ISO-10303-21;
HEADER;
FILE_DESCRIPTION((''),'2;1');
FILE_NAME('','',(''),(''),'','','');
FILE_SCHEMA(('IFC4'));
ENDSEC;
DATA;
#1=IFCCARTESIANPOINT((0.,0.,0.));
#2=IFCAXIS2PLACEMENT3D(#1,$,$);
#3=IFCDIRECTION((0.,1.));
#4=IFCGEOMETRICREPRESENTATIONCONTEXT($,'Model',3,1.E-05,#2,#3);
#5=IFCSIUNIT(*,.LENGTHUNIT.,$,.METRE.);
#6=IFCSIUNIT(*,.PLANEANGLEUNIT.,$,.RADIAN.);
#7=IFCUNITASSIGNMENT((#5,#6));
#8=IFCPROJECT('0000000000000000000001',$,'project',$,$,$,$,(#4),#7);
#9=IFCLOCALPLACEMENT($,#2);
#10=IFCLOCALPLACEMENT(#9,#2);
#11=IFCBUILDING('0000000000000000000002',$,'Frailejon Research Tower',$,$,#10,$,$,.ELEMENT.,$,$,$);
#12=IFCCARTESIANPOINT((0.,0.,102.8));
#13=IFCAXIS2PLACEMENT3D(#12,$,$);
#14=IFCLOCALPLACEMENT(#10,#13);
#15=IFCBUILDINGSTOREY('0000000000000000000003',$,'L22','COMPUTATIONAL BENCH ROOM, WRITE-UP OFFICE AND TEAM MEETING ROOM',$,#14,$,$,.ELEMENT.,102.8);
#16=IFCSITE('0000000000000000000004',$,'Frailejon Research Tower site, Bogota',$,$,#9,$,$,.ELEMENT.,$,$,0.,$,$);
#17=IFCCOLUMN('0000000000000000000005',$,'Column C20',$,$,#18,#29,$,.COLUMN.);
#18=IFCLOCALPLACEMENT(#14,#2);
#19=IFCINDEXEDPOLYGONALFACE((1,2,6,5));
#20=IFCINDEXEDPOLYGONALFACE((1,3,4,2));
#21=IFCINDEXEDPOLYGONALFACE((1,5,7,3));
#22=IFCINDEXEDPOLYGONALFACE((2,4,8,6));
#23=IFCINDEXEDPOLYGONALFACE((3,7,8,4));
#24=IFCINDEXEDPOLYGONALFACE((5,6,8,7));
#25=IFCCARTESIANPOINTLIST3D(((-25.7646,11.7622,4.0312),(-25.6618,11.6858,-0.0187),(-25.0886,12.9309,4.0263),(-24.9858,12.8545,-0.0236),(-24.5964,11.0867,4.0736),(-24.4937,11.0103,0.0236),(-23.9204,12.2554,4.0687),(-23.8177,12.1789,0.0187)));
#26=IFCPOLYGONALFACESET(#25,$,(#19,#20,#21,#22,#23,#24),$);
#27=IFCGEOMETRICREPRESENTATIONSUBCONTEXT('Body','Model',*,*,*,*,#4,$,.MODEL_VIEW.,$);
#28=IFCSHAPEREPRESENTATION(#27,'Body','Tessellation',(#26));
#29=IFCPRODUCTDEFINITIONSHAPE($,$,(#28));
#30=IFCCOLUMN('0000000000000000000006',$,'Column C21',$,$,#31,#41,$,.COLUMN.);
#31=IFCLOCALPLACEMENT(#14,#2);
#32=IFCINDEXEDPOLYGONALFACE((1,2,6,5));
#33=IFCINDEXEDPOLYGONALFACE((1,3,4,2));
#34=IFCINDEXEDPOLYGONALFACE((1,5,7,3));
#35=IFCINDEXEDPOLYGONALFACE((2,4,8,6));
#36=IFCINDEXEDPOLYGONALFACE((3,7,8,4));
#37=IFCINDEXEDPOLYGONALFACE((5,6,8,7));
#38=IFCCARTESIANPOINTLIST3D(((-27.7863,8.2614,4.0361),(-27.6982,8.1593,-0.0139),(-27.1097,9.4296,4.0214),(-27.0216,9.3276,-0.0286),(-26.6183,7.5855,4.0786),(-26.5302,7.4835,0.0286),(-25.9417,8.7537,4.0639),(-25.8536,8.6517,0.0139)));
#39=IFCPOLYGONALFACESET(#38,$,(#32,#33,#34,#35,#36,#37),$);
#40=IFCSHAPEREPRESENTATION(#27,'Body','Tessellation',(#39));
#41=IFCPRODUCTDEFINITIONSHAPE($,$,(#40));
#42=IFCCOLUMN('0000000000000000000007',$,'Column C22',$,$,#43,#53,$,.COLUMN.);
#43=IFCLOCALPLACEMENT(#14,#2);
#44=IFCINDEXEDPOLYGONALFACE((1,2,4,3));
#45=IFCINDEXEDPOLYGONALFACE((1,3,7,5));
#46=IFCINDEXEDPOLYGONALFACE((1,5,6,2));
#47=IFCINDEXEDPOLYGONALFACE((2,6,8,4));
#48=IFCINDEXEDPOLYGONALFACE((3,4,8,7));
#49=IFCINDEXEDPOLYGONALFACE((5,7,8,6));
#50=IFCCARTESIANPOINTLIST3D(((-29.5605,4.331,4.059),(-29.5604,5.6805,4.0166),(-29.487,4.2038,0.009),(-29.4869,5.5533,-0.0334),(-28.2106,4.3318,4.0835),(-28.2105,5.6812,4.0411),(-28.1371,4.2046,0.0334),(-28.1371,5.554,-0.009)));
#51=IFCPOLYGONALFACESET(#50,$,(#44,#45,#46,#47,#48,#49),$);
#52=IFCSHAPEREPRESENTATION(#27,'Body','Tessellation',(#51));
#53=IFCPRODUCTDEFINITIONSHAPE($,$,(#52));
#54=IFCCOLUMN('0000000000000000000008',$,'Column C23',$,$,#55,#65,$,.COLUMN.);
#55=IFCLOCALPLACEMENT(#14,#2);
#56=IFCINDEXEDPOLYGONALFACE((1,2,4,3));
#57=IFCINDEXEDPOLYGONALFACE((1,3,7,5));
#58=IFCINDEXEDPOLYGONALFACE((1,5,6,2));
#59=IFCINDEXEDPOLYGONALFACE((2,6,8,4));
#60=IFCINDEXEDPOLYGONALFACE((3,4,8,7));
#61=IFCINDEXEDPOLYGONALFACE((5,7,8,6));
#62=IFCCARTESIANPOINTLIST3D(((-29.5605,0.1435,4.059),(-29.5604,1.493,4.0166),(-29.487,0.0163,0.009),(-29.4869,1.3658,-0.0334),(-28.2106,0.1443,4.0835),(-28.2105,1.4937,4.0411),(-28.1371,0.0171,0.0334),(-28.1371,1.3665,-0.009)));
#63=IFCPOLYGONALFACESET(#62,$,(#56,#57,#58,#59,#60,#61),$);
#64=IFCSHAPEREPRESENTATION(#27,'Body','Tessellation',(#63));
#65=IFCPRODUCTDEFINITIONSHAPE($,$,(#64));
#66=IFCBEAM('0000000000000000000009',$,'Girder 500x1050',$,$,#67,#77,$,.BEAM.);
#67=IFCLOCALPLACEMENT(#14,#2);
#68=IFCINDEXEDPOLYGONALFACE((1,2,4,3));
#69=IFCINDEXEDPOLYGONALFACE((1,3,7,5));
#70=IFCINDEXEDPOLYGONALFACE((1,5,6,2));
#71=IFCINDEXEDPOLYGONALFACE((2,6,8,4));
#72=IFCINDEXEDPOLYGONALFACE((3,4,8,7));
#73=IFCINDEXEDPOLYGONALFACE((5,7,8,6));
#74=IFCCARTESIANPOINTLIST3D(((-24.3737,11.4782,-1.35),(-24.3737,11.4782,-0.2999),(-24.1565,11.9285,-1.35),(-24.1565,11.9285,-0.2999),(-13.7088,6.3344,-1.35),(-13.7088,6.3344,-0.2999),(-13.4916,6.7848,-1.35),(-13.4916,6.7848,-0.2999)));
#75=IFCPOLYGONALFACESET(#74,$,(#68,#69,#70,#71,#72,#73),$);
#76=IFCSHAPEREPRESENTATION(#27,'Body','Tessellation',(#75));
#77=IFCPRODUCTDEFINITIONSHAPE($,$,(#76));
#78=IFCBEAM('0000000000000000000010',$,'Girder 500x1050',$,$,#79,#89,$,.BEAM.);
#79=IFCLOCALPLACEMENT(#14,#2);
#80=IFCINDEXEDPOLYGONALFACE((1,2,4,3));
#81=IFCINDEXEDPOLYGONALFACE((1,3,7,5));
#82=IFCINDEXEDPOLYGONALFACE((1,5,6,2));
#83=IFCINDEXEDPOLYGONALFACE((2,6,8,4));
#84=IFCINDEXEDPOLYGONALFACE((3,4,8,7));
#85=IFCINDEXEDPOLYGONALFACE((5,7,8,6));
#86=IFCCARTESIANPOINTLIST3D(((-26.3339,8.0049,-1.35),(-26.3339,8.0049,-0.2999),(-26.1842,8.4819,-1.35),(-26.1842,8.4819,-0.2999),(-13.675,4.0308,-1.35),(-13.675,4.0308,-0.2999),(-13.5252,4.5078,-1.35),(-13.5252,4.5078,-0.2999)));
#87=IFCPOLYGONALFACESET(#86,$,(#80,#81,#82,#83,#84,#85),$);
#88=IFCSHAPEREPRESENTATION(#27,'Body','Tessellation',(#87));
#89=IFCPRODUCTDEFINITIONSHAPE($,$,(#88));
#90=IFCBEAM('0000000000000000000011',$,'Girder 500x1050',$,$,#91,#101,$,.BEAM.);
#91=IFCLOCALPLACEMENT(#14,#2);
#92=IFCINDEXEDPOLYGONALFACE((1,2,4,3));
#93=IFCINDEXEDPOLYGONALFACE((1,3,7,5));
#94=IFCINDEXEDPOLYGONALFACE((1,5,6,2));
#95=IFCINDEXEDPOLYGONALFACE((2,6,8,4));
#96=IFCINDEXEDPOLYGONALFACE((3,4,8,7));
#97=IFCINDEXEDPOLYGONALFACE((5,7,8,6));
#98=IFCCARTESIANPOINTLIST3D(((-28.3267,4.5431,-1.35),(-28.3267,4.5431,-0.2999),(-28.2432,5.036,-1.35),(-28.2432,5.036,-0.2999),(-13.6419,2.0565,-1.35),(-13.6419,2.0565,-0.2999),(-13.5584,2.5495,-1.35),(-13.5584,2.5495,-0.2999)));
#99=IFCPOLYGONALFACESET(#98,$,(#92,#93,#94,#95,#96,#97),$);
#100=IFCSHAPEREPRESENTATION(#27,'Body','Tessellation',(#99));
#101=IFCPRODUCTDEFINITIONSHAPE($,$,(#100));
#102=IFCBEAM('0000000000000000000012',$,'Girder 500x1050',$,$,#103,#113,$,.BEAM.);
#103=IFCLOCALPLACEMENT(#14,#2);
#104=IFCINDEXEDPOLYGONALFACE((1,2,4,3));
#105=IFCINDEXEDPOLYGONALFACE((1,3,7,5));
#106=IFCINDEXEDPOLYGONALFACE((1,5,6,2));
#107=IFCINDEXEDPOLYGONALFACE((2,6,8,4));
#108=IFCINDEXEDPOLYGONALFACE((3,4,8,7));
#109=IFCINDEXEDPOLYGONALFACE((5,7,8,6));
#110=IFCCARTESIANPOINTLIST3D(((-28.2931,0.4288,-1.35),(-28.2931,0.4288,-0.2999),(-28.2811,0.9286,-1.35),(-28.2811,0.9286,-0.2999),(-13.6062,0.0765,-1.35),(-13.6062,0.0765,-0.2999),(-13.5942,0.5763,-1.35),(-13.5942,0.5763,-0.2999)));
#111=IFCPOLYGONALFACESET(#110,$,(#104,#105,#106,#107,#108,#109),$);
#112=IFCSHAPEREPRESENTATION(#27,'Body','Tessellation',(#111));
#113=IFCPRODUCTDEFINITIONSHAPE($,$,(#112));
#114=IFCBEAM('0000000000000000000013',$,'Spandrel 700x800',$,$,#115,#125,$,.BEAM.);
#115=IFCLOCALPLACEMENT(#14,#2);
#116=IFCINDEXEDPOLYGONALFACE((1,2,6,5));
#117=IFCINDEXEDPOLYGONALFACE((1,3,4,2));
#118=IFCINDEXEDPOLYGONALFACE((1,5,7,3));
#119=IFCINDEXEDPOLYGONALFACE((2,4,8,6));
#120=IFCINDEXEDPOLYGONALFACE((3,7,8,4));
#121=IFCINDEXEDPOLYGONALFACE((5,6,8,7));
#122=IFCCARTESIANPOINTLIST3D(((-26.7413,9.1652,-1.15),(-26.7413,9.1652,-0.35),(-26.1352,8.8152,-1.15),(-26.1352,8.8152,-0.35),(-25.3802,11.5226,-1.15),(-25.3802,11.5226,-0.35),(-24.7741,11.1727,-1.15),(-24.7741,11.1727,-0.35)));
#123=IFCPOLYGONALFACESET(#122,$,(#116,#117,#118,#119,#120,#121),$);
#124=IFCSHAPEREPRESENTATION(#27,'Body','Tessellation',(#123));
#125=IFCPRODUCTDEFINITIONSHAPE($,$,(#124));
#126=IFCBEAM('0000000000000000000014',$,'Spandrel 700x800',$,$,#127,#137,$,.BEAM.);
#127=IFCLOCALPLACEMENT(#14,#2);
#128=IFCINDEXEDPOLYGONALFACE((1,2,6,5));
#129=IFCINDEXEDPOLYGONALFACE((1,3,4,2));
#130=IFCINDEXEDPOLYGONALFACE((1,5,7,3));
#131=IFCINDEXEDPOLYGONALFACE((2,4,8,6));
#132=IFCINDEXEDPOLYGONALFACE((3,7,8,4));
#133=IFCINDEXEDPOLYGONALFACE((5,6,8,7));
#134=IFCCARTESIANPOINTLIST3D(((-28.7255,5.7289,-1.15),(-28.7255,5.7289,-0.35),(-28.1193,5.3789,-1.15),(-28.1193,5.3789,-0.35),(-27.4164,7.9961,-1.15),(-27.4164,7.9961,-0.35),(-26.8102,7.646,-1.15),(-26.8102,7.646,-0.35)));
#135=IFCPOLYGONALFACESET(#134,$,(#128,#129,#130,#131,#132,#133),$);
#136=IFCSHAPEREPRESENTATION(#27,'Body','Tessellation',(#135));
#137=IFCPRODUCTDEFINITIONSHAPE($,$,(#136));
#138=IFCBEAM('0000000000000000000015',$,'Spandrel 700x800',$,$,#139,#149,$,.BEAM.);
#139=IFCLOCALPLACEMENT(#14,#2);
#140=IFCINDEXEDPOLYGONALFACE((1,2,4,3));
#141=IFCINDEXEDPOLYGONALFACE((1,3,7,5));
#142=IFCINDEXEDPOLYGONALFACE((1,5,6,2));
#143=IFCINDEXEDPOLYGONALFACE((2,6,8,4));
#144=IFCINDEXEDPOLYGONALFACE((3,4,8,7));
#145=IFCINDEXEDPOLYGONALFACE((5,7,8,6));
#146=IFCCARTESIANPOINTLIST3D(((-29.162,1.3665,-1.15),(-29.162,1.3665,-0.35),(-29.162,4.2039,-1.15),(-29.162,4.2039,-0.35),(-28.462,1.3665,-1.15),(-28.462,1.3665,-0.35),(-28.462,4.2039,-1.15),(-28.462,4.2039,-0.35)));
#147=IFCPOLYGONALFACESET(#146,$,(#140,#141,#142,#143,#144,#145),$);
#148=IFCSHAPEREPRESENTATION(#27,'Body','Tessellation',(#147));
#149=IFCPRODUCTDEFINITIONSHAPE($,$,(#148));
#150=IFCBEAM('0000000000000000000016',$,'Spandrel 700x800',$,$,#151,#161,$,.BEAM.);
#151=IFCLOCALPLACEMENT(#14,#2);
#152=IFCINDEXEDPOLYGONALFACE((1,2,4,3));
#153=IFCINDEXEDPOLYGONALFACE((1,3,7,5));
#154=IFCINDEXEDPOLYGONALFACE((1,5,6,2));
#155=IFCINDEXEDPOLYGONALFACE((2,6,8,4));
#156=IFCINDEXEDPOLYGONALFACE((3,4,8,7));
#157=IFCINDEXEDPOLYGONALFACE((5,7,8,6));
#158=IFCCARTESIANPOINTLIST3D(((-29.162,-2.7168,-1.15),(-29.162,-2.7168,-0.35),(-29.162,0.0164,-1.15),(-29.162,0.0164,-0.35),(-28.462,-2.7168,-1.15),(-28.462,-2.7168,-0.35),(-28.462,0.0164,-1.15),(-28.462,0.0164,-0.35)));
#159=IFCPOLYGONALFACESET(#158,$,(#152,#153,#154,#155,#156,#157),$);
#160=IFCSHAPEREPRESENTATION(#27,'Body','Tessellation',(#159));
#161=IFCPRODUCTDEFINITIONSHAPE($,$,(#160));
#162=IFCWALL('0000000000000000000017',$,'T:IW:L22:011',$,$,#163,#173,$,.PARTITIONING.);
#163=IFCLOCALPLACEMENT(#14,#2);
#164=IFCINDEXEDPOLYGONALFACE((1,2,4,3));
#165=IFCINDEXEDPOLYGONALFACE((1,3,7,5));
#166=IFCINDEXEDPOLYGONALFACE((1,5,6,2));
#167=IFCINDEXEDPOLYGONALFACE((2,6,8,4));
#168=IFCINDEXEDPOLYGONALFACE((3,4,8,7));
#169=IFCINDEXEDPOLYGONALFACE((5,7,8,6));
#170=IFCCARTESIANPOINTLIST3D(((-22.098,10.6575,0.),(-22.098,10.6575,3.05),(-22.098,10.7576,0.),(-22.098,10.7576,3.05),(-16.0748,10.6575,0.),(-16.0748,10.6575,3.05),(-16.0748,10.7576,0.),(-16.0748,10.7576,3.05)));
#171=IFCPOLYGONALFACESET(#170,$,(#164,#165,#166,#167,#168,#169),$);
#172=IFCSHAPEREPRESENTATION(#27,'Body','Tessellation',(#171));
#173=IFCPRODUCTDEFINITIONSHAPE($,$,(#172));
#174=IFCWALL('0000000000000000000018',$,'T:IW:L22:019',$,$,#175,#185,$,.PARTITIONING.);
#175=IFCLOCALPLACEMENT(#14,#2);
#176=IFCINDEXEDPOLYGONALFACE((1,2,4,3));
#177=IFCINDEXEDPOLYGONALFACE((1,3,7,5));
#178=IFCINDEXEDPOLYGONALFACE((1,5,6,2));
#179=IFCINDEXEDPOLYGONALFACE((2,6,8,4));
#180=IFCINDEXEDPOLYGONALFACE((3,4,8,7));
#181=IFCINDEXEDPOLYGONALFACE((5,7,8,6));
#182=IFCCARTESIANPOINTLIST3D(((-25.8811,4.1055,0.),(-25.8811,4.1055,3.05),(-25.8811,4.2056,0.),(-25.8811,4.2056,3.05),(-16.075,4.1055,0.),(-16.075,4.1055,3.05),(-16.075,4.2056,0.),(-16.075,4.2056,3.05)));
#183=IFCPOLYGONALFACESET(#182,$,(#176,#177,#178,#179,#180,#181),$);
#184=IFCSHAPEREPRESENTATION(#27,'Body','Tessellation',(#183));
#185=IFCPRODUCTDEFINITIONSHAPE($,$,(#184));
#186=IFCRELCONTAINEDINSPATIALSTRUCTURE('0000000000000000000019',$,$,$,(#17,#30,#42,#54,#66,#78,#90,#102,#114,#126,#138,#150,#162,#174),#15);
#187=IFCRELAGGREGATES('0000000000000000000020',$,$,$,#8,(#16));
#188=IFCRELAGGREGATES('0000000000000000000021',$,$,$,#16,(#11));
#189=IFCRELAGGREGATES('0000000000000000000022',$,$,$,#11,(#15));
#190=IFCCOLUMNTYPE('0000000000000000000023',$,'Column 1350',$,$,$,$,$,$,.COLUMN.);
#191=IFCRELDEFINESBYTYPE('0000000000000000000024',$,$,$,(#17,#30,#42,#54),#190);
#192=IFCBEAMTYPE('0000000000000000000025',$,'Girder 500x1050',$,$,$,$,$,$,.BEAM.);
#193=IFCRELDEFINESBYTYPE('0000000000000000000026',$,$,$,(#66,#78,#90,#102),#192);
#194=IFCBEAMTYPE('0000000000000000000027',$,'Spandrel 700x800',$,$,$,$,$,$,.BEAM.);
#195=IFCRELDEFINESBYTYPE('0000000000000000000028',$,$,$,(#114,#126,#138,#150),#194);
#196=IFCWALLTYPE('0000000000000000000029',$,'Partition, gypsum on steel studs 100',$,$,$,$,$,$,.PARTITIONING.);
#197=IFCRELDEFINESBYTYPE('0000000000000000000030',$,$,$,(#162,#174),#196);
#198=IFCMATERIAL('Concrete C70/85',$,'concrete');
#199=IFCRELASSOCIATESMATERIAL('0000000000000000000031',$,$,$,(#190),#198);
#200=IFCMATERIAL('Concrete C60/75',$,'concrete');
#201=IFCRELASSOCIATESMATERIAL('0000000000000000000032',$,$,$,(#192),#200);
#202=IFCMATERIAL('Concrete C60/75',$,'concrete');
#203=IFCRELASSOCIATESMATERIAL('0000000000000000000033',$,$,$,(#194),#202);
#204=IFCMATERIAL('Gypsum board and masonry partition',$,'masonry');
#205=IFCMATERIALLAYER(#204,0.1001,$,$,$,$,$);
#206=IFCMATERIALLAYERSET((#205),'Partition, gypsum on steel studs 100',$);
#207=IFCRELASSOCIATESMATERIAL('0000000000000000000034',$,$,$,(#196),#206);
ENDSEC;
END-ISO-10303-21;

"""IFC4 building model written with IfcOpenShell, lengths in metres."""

from ifc_helpers import new_model, si_unit, direction, frame, frame_2d, origin, origin_2d, place, context, subcontext, project, spatial, rectangle, extrude, material, layer, layer_set, material_profile, profile_set, type_object, element, save


model = new_model("IFC4")

# Units and contexts
model_context = context("Model", 3, precision=1e-05, world=origin(), true_north=direction((0.0, 1.0)))
body_context = subcontext(model_context, "Body", "Model", "MODEL_VIEW")
ifc_project = project(units=[si_unit("LENGTHUNIT", "METRE"), si_unit("PLANEANGLEUNIT", "RADIAN")], contexts=[model_context])

# Site, building, storey
site_placement = place(None, origin())
site = spatial("IfcSite", under=ifc_project, at=site_placement, Name="Frailejon Research Tower site, Bogota", CompositionType="ELEMENT", RefElevation=0.0)
building_placement = place(site_placement, origin())
building = spatial("IfcBuilding", under=site, at=building_placement, Name="Frailejon Research Tower", CompositionType="ELEMENT")
storey_placement = place(building_placement, frame((0.0, 0.0, 102.8)))
storey = spatial("IfcBuildingStorey", under=building, at=storey_placement, Name="L22", Description="COMPUTATIONAL BENCH ROOM, WRITE-UP OFFICE AND TEAM MEETING ROOM", CompositionType="ELEMENT", Elevation=102.8)

# Columns
ifc_material_1 = material(Name="Concrete C70/85", Category="concrete")
ifc_material_profile_1 = material_profile(ifc_material_1, rectangle(XDim=1.3501, YDim=1.3501, at=origin_2d()), Name="Column 1350")
ifc_profile_set_1 = profile_set([ifc_material_profile_1], Name="Concrete C70/85")
column_type = type_object("IfcColumnType", Name="Column 1350", PredefinedType="COLUMN", material=ifc_profile_set_1)
column_1_placement = place(storey_placement, frame((-24.7397, 11.9324, 0.0), z_axis=(-0.025366, 0.018858, 0.9995), x_axis=(-0.500693, -0.865617, 0.003626)))
element("IfcColumn", 1, at=column_1_placement, inside=storey, type_object=column_type, Name="Column C20", PredefinedType="COLUMN", context=body_context, shape_type="SweptSolid", body=[
    extrude(rectangle(XDim=1.3501, YDim=1.3501, at=origin_2d()), origin(), (0.0, 0.0, 1.0), 4.052),
])
column_2_placement = place(storey_placement, frame((-26.7759, 8.4055, 0.0), z_axis=(-0.021749, 0.025183, 0.999446), x_axis=(-0.501142, -0.865297, 0.010898)))
element("IfcColumn", 2, at=column_2_placement, inside=storey, type_object=column_type, Name="Column C21", PredefinedType="COLUMN", context=body_context, shape_type="SweptSolid", body=[
    extrude(rectangle(XDim=1.3501, YDim=1.3501, at=origin_2d()), origin(), (0.0, 0.0, 1.0), 4.0522),
])
for number, where, z_axis, x_axis, name in (
    (3, (-28.812, 4.8789, 0.0), (-0.018133, 0.031386, 0.999343), (-0.000022, -0.999507, 0.03139), "Column C22"),
    (4, (-28.812, 0.6914, 0.0), (-0.018133, 0.031386, 0.999343), (-0.000022, -0.999507, 0.03139), "Column C23"),
):
    element("IfcColumn", number, at=place(storey_placement, frame(where, z_axis=z_axis, x_axis=x_axis)), inside=storey, type_object=column_type, Name=name, PredefinedType="COLUMN", context=body_context, shape_type="SweptSolid", body=[
        extrude(rectangle(XDim=1.3501, YDim=1.3501, at=origin_2d()), origin(), (0.0, 0.0, 1.0), 4.0527),
    ])

# Beams
ifc_material_2 = material(Name="Concrete C60/75", Category="concrete")
ifc_material_profile_2 = material_profile(ifc_material_2, rectangle(XDim=0.5, YDim=1.05, at=origin_2d()), Name="Girder 500x1050")
ifc_profile_set_2 = profile_set([ifc_material_profile_2], Name="Concrete C60/75")
beam_type_1 = type_object("IfcBeamType", Name="Girder 500x1050", PredefinedType="BEAM", material=ifc_profile_set_2)
beam_1_placement = place(storey_placement, frame((-24.2651, 11.7034, -0.825), z_axis=(0.900712, -0.434417, 0.0), x_axis=(0.434417, 0.900712, 0.0)))
element("IfcBeam", 5, at=beam_1_placement, inside=storey, type_object=beam_type_1, Name="Girder 500x1050", PredefinedType="BEAM", context=body_context, shape_type="SweptSolid", body=[
    extrude(rectangle(XDim=0.5, YDim=1.05, at=origin_2d()), origin(), (0.0, 0.0, 1.0), 11.8406),
])
beam_2_placement = place(storey_placement, frame((-26.259, 8.2434, -0.825), z_axis=(0.954089, -0.299525, 0.0), x_axis=(0.299525, 0.954089, 0.0)))
element("IfcBeam", 6, at=beam_2_placement, inside=storey, type_object=beam_type_1, Name="Girder 500x1050", PredefinedType="BEAM", context=body_context, shape_type="SweptSolid", body=[
    extrude(rectangle(XDim=0.5, YDim=1.05, at=origin_2d()), origin(), (0.0, 0.0, 1.0), 13.2681),
])
beam_3_placement = place(storey_placement, frame((-28.2849, 4.7896, -0.825), z_axis=(0.985965, -0.166953, 0.0), x_axis=(0.166953, 0.985965, 0.0)))
element("IfcBeam", 7, at=beam_3_placement, inside=storey, type_object=beam_type_1, Name="Girder 500x1050", PredefinedType="BEAM", context=body_context, shape_type="SweptSolid", body=[
    extrude(rectangle(XDim=0.5, YDim=1.05, at=origin_2d()), origin(), (0.0, 0.0, 1.0), 14.8938),
])
beam_4_placement = place(storey_placement, frame((-28.2871, 0.6787, -0.825), z_axis=(0.999712, -0.02398, 0.0), x_axis=(0.02398, 0.999712, 0.0)))
element("IfcBeam", 8, at=beam_4_placement, inside=storey, type_object=beam_type_1, Name="Girder 500x1050", PredefinedType="BEAM", context=body_context, shape_type="SweptSolid", body=[
    extrude(rectangle(XDim=0.5, YDim=1.05, at=origin_2d()), origin(), (0.0, 0.0, 1.0), 14.6912),
])
ifc_material_3 = material(Name="Concrete C60/75", Category="concrete")
ifc_material_profile_3 = material_profile(ifc_material_3, rectangle(XDim=0.7, YDim=0.8, at=origin_2d()), Name="Spandrel 700x800")
ifc_profile_set_3 = profile_set([ifc_material_profile_3], Name="Concrete C60/75")
beam_type_2 = type_object("IfcBeamType", Name="Spandrel 700x800", PredefinedType="BEAM", material=ifc_profile_set_3)
beam_5_placement = place(storey_placement, frame((-25.0771, 11.3477, -0.75), z_axis=(-0.500007, -0.866021, 0.0), x_axis=(0.866021, -0.500007, 0.0)))
element("IfcBeam", 9, at=beam_5_placement, inside=storey, type_object=beam_type_2, Name="Spandrel 700x800", PredefinedType="BEAM", context=body_context, shape_type="SweptSolid", body=[
    extrude(rectangle(XDim=0.7, YDim=0.8, at=origin_2d()), origin(), (0.0, 0.0, 1.0), 2.7222),
])
beam_6_placement = place(storey_placement, frame((-27.1133, 7.821, -0.75), z_axis=(-0.500051, -0.865996, 0.0), x_axis=(0.865996, -0.500051, 0.0)))
element("IfcBeam", 10, at=beam_6_placement, inside=storey, type_object=beam_type_2, Name="Spandrel 700x800", PredefinedType="BEAM", context=body_context, shape_type="SweptSolid", body=[
    extrude(rectangle(XDim=0.7, YDim=0.8, at=origin_2d()), origin(), (0.0, 0.0, 1.0), 2.6179),
])
beam_7_placement = place(storey_placement, frame((-28.812, 4.2039, -0.75), z_axis=(0.0, -1.0, 0.0), x_axis=(1.0, 0.0, 0.0)))
element("IfcBeam", 11, at=beam_7_placement, inside=storey, type_object=beam_type_2, Name="Spandrel 700x800", PredefinedType="BEAM", context=body_context, shape_type="SweptSolid", body=[
    extrude(rectangle(XDim=0.7, YDim=0.8, at=origin_2d()), origin(), (0.0, 0.0, 1.0), 2.8374),
])
beam_8_placement = place(storey_placement, frame((-28.812, 0.0164, -0.75), z_axis=(0.0, -1.0, 0.0), x_axis=(1.0, 0.0, 0.0)))
element("IfcBeam", 12, at=beam_8_placement, inside=storey, type_object=beam_type_2, Name="Spandrel 700x800", PredefinedType="BEAM", context=body_context, shape_type="SweptSolid", body=[
    extrude(rectangle(XDim=0.7, YDim=0.8, at=origin_2d()), origin(), (0.0, 0.0, 1.0), 2.7332),
])

# Walls
ifc_material_4 = material(Name="Gypsum board and masonry partition", Category="masonry")
ifc_layer_1 = layer(ifc_material_4, 0.1001)
ifc_layer_set_1 = layer_set([ifc_layer_1], Name="Partition, gypsum on steel studs 100")
wall_type_1 = type_object("IfcWallType", Name="Partition, gypsum on steel studs 100", PredefinedType="PARTITIONING", material=ifc_layer_set_1)
wall_1_placement = place(storey_placement, frame((-22.0981, 10.7075, 0.0), z_axis=(0.0, 0.0, 1.0), x_axis=(1.0, 0.0, 0.0)))
element("IfcWall", 13, at=wall_1_placement, inside=storey, type_object=wall_type_1, Name="T:IW:L22:011", PredefinedType="PARTITIONING", context=body_context, shape_type="SweptSolid", body=[
    extrude(rectangle(XDim=6.0232, YDim=0.1001, at=frame_2d((3.0117, 0.0))), origin(), (0.0, 0.0, 1.0), 3.05),
])
wall_2_placement = place(storey_placement, frame((-25.8811, 4.1555, 0.0), z_axis=(0.0, 0.0, 1.0), x_axis=(1.0, 0.0, 0.0)))
element("IfcWall", 14, at=wall_2_placement, inside=storey, type_object=wall_type_1, Name="T:IW:L22:019", PredefinedType="PARTITIONING", context=body_context, shape_type="SweptSolid", body=[
    extrude(rectangle(XDim=9.8062, YDim=0.1001, at=frame_2d((4.9031, 0.0))), origin(), (0.0, 0.0, 1.0), 3.05),
])

save(model, "model.ifc")
